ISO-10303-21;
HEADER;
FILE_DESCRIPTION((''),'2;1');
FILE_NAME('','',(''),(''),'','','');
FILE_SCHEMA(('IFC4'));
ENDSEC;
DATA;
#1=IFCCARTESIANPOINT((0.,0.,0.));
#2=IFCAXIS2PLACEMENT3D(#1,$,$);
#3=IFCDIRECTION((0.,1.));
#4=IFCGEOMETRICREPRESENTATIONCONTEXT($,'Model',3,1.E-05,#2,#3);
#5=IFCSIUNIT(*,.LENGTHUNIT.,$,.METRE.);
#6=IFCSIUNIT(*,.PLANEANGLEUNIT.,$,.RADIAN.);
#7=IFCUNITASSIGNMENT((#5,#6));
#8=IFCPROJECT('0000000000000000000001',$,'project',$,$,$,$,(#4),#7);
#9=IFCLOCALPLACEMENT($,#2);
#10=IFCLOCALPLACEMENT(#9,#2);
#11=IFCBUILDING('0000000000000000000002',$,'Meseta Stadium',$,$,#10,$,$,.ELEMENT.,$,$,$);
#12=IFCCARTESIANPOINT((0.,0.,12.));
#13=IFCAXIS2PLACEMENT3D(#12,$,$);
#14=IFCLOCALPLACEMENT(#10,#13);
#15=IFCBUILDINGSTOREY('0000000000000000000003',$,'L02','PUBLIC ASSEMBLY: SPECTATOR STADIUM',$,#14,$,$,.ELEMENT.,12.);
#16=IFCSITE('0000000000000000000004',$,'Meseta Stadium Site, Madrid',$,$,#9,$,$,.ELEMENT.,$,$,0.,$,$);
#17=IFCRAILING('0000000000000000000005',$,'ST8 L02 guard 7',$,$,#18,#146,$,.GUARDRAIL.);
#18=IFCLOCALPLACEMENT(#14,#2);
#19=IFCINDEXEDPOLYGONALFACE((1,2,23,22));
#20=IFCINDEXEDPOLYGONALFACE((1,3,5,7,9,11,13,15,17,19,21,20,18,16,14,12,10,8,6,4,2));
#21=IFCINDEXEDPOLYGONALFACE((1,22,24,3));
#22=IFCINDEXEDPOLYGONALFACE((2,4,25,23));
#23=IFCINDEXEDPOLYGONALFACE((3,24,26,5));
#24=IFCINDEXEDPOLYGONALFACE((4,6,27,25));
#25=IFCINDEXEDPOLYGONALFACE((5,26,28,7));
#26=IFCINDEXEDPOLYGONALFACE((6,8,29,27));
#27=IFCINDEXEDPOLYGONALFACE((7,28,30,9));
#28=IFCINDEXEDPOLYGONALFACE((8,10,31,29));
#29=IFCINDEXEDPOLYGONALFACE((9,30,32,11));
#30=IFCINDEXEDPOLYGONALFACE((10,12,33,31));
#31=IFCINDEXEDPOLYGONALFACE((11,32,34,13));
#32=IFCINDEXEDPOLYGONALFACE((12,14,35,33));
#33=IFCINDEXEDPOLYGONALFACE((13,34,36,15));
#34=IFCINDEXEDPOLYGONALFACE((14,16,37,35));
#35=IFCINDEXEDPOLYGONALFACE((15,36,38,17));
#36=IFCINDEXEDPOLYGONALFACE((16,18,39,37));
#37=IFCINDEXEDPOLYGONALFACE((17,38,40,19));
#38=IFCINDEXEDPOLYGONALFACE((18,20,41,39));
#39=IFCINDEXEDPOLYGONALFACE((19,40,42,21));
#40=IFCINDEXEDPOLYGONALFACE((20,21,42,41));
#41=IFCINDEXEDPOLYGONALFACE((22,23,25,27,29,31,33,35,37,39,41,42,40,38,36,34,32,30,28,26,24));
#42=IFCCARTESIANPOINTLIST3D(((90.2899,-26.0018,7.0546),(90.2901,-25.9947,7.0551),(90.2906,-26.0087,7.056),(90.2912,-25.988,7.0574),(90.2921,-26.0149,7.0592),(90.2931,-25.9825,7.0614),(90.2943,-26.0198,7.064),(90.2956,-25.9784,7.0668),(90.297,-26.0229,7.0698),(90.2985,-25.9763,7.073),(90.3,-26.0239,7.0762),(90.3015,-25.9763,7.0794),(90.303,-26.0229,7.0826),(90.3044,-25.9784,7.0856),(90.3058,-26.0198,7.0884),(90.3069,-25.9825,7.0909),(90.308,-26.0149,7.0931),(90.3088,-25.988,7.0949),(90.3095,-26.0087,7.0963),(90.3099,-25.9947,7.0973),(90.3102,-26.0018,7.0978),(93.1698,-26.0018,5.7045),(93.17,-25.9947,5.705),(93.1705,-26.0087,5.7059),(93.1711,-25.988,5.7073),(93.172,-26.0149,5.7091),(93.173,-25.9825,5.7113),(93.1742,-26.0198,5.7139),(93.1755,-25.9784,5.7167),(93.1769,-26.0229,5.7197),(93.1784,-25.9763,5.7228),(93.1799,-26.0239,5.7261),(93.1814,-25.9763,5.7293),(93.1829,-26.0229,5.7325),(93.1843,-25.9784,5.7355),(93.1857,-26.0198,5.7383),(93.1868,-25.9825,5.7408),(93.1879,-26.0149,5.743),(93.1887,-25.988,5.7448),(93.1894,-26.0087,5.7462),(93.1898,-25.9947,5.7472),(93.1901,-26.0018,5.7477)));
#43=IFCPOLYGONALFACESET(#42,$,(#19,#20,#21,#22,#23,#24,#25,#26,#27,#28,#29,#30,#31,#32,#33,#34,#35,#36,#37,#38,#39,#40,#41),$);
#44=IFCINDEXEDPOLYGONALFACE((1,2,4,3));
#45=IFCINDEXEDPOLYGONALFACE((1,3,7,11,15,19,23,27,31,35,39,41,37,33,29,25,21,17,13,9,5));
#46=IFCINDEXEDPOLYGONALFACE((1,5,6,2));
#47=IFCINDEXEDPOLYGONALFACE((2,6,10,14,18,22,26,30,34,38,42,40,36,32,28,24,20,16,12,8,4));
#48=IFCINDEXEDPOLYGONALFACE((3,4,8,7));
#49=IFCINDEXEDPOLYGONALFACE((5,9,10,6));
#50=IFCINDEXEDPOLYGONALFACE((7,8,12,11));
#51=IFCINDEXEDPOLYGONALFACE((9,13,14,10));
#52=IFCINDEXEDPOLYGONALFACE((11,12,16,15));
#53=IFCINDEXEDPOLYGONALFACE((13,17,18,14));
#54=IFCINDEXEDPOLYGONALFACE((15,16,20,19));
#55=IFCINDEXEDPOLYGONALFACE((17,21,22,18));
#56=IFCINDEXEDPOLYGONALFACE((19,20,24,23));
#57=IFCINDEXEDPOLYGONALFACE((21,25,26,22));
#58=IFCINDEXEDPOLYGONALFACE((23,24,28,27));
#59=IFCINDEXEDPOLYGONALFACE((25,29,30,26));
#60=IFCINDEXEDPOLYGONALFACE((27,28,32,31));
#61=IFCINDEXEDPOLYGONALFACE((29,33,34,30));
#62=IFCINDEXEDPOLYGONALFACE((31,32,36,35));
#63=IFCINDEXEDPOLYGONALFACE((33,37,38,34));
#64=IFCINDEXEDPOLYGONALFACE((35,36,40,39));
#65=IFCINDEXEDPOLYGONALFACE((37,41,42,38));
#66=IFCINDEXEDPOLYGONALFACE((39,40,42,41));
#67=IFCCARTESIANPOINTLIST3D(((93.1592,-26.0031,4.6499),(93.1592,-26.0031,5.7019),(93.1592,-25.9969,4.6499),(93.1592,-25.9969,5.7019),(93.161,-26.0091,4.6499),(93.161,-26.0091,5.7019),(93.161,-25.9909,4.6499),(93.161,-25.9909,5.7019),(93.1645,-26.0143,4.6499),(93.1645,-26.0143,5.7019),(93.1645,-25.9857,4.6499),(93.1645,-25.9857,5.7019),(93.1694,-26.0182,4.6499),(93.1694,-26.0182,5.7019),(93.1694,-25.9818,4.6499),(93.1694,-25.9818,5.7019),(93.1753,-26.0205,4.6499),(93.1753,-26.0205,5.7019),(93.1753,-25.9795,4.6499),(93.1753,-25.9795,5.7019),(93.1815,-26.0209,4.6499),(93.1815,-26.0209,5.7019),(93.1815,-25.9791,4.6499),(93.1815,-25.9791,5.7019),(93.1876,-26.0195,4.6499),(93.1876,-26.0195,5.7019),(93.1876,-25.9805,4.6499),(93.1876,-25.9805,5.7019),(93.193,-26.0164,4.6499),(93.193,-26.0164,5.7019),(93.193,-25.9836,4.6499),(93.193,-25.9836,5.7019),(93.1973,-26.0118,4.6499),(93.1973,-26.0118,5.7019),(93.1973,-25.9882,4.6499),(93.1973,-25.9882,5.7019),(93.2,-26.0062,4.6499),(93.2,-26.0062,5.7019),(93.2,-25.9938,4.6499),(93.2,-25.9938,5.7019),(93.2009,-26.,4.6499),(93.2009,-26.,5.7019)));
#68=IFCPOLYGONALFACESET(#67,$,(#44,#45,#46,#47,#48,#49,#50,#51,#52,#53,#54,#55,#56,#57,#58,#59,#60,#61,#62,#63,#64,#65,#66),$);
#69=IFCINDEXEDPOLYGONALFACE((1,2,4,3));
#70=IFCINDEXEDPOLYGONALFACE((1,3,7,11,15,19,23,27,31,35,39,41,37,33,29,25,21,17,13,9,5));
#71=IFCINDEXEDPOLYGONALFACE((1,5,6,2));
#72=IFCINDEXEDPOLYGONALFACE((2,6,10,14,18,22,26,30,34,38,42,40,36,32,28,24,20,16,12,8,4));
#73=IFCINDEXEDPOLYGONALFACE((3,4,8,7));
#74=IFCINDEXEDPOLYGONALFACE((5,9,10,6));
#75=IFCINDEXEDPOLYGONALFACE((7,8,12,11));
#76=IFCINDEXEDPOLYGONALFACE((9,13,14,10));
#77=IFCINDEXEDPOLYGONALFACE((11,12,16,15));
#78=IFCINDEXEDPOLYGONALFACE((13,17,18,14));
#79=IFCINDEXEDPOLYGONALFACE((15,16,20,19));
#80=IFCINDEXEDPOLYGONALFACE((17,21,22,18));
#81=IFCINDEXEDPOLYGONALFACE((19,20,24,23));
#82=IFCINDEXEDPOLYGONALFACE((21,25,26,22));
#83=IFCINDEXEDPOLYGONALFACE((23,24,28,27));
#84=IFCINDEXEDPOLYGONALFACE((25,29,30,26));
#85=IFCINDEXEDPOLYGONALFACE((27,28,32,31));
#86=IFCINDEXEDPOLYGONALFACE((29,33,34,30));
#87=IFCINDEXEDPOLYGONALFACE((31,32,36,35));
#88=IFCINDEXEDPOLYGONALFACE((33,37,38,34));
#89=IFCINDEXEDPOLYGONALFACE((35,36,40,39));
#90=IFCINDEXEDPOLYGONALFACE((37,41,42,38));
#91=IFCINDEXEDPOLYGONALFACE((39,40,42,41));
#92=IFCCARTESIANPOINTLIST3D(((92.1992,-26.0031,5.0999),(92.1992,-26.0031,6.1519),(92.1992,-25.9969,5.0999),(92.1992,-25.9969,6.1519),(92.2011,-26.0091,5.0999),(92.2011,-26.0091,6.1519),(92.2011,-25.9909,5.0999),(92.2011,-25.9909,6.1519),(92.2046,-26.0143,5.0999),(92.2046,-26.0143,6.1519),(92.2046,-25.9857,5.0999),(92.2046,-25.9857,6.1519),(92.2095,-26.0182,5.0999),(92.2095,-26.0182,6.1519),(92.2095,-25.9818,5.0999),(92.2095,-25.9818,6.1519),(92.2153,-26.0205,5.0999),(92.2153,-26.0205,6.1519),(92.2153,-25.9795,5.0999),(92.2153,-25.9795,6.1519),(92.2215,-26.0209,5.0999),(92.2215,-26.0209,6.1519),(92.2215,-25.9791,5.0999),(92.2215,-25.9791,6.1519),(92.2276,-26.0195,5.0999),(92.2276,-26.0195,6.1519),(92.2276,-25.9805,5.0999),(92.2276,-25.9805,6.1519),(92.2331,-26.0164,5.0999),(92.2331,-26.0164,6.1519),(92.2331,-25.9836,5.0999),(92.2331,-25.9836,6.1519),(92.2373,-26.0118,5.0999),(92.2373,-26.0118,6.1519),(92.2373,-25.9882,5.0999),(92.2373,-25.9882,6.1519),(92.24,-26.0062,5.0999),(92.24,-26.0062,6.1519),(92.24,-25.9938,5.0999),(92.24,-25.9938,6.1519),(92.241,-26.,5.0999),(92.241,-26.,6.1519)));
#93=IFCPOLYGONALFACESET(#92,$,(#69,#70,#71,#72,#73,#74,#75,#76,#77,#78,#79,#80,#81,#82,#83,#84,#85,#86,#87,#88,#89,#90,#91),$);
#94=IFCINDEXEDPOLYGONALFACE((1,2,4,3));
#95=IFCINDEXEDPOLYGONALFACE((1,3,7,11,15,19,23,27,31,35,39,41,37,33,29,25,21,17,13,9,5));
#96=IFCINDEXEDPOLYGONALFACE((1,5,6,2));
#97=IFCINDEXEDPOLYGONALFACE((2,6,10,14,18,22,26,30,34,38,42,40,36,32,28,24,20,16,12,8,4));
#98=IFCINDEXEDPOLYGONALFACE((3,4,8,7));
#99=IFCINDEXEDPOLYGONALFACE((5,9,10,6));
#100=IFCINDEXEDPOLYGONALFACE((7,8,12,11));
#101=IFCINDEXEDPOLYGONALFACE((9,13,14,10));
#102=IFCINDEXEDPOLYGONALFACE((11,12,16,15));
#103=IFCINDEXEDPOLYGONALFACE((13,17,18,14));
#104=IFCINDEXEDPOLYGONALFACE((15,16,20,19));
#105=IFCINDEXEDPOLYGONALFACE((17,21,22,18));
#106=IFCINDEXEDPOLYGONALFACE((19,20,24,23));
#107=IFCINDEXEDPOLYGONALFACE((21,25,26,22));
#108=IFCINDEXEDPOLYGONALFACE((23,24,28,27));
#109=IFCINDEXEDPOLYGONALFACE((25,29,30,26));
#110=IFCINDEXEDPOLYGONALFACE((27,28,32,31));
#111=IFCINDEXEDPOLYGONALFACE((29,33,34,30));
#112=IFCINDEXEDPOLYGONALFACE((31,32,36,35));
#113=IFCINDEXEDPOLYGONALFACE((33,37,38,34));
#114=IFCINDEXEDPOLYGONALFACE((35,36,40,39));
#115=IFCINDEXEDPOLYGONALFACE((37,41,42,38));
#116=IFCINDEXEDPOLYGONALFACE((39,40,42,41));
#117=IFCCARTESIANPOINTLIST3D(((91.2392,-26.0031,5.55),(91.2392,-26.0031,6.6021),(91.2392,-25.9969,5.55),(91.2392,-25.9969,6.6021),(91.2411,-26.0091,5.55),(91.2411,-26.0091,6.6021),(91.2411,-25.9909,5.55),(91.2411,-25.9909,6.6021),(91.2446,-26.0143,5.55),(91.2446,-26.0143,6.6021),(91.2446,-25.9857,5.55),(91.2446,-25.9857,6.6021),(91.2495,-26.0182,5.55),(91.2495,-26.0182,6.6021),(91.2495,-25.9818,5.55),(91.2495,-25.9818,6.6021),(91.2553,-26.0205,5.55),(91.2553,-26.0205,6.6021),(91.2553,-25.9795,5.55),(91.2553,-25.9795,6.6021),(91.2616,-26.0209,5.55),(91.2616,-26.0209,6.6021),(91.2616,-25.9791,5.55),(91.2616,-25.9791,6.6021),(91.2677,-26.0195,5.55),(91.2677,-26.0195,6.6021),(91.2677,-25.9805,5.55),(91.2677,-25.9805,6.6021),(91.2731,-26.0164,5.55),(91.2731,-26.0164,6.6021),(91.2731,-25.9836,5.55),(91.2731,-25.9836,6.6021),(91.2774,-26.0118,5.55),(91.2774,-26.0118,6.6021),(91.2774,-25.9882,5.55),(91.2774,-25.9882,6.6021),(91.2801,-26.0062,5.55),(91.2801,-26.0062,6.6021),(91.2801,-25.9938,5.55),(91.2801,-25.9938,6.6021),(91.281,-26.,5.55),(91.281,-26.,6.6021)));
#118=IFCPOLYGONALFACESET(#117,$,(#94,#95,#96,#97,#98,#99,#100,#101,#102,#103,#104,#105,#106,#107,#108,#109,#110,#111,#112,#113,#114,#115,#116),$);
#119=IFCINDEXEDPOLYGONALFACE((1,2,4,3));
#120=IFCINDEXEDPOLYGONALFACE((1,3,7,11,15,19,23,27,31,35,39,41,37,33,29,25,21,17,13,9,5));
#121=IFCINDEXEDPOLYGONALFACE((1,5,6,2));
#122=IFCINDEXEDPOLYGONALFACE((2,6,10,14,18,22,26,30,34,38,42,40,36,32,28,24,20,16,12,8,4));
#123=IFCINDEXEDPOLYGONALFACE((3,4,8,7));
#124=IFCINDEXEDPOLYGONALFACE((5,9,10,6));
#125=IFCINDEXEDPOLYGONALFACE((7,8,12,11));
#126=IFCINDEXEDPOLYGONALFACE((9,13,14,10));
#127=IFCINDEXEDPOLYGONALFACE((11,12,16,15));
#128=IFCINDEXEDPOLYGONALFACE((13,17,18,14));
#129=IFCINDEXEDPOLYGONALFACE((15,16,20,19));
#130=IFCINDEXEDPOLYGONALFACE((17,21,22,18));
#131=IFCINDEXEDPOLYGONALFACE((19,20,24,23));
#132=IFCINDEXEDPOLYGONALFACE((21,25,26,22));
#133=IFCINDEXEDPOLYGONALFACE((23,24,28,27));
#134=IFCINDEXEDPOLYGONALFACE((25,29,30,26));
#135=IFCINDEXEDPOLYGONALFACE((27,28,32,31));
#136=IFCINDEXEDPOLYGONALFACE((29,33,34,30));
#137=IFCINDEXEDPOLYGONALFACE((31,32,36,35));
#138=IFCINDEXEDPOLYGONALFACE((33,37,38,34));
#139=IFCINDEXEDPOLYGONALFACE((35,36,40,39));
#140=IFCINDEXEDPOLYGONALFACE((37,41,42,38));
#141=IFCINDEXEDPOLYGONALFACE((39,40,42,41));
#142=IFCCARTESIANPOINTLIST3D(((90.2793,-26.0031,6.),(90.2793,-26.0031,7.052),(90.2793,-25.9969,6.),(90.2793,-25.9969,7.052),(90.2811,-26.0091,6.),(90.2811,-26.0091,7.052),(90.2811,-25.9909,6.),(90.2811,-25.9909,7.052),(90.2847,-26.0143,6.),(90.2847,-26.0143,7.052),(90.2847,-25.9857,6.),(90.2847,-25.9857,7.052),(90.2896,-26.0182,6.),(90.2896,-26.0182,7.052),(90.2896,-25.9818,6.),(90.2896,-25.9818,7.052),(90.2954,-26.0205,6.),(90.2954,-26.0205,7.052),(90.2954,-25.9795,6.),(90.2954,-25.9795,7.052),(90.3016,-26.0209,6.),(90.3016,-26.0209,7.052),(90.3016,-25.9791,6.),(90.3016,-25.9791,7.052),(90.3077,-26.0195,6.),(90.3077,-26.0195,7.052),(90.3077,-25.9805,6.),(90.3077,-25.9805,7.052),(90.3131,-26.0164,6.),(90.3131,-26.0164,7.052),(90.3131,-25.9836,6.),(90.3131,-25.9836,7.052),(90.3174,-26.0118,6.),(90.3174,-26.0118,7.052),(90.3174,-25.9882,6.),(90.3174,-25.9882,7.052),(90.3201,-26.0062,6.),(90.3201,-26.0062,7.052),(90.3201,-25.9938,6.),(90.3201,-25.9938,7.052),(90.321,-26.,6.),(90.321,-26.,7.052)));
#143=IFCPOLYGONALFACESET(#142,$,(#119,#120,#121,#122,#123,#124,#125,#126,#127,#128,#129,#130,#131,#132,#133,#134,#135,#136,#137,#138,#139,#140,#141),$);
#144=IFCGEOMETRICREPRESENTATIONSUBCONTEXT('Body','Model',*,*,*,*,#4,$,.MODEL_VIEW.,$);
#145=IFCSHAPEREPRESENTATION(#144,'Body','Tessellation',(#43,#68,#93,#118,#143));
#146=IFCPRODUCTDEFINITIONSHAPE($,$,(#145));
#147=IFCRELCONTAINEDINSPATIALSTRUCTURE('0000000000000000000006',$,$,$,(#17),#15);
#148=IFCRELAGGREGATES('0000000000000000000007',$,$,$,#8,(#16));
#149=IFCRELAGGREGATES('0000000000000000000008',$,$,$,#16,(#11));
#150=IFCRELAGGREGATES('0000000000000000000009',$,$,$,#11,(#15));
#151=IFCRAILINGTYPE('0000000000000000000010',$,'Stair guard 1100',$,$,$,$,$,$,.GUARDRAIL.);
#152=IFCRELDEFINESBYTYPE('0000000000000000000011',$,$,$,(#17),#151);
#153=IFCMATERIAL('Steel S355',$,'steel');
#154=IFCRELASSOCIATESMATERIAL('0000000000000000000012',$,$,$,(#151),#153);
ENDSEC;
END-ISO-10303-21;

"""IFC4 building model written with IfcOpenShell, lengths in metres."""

from ifc_helpers import new_model, si_unit, direction, frame, origin, origin_2d, place, context, subcontext, project, spatial, circle, extrude, material, type_object, element, save


model = new_model("IFC4")

# Units and contexts
model_context = context("Model", 3, precision=1e-05, world=origin(), true_north=direction((0.0, 1.0)))
body_context = subcontext(model_context, "Body", "Model", "MODEL_VIEW")
ifc_project = project(units=[si_unit("LENGTHUNIT", "METRE"), si_unit("PLANEANGLEUNIT", "RADIAN")], contexts=[model_context])

# Site, building, storey
site_placement = place(None, origin())
site = spatial("IfcSite", under=ifc_project, at=site_placement, Name="Meseta Stadium Site, Madrid", CompositionType="ELEMENT", RefElevation=0.0)
building_placement = place(site_placement, origin())
building = spatial("IfcBuilding", under=site, at=building_placement, Name="Meseta Stadium", CompositionType="ELEMENT")
storey_placement = place(building_placement, frame((0.0, 0.0, 12.0)))
storey = spatial("IfcBuildingStorey", under=building, at=storey_placement, Name="L02", Description="PUBLIC ASSEMBLY: SPECTATOR STADIUM", CompositionType="ELEMENT", Elevation=12.0)

# Railing
ifc_material_1 = material(Name="Steel S355", Category="steel")
railing_type_1 = type_object("IfcRailingType", Name="Stair guard 1100", PredefinedType="GUARDRAIL", material=ifc_material_1)
railing_1_placement = place(storey_placement, frame((93.1799, -26.0, 4.6499)))
element("IfcRailing", 1, at=railing_1_placement, inside=storey, type_object=railing_type_1, Name="ST8 L02 guard 7", PredefinedType="GUARDRAIL", context=body_context, shape_type="SweptSolid", body=[
    extrude(circle(Radius=0.0239, at=origin_2d()), frame((0.0, 0.0, 1.0762), z_axis=(-0.90544, 0.0, 0.424473), x_axis=(0.0, -1.0, 0.0)), (0.0, 0.0, 1.0), 3.1807),
    extrude(circle(Radius=0.021, at=origin_2d()), origin(), (0.0, 0.0, 1.0), 1.052),
    extrude(circle(Radius=0.021, at=origin_2d()), frame((-0.96, 0.0, 0.45)), (0.0, 0.0, 1.0), 1.052),
    extrude(circle(Radius=0.021, at=origin_2d()), frame((-1.9199, 0.0, 0.9001)), (0.0, 0.0, 1.0), 1.052),
    extrude(circle(Radius=0.021, at=origin_2d()), frame((-2.8799, 0.0, 1.3501)), (0.0, 0.0, 1.0), 1.052),
])

save(model, "model.ifc")
